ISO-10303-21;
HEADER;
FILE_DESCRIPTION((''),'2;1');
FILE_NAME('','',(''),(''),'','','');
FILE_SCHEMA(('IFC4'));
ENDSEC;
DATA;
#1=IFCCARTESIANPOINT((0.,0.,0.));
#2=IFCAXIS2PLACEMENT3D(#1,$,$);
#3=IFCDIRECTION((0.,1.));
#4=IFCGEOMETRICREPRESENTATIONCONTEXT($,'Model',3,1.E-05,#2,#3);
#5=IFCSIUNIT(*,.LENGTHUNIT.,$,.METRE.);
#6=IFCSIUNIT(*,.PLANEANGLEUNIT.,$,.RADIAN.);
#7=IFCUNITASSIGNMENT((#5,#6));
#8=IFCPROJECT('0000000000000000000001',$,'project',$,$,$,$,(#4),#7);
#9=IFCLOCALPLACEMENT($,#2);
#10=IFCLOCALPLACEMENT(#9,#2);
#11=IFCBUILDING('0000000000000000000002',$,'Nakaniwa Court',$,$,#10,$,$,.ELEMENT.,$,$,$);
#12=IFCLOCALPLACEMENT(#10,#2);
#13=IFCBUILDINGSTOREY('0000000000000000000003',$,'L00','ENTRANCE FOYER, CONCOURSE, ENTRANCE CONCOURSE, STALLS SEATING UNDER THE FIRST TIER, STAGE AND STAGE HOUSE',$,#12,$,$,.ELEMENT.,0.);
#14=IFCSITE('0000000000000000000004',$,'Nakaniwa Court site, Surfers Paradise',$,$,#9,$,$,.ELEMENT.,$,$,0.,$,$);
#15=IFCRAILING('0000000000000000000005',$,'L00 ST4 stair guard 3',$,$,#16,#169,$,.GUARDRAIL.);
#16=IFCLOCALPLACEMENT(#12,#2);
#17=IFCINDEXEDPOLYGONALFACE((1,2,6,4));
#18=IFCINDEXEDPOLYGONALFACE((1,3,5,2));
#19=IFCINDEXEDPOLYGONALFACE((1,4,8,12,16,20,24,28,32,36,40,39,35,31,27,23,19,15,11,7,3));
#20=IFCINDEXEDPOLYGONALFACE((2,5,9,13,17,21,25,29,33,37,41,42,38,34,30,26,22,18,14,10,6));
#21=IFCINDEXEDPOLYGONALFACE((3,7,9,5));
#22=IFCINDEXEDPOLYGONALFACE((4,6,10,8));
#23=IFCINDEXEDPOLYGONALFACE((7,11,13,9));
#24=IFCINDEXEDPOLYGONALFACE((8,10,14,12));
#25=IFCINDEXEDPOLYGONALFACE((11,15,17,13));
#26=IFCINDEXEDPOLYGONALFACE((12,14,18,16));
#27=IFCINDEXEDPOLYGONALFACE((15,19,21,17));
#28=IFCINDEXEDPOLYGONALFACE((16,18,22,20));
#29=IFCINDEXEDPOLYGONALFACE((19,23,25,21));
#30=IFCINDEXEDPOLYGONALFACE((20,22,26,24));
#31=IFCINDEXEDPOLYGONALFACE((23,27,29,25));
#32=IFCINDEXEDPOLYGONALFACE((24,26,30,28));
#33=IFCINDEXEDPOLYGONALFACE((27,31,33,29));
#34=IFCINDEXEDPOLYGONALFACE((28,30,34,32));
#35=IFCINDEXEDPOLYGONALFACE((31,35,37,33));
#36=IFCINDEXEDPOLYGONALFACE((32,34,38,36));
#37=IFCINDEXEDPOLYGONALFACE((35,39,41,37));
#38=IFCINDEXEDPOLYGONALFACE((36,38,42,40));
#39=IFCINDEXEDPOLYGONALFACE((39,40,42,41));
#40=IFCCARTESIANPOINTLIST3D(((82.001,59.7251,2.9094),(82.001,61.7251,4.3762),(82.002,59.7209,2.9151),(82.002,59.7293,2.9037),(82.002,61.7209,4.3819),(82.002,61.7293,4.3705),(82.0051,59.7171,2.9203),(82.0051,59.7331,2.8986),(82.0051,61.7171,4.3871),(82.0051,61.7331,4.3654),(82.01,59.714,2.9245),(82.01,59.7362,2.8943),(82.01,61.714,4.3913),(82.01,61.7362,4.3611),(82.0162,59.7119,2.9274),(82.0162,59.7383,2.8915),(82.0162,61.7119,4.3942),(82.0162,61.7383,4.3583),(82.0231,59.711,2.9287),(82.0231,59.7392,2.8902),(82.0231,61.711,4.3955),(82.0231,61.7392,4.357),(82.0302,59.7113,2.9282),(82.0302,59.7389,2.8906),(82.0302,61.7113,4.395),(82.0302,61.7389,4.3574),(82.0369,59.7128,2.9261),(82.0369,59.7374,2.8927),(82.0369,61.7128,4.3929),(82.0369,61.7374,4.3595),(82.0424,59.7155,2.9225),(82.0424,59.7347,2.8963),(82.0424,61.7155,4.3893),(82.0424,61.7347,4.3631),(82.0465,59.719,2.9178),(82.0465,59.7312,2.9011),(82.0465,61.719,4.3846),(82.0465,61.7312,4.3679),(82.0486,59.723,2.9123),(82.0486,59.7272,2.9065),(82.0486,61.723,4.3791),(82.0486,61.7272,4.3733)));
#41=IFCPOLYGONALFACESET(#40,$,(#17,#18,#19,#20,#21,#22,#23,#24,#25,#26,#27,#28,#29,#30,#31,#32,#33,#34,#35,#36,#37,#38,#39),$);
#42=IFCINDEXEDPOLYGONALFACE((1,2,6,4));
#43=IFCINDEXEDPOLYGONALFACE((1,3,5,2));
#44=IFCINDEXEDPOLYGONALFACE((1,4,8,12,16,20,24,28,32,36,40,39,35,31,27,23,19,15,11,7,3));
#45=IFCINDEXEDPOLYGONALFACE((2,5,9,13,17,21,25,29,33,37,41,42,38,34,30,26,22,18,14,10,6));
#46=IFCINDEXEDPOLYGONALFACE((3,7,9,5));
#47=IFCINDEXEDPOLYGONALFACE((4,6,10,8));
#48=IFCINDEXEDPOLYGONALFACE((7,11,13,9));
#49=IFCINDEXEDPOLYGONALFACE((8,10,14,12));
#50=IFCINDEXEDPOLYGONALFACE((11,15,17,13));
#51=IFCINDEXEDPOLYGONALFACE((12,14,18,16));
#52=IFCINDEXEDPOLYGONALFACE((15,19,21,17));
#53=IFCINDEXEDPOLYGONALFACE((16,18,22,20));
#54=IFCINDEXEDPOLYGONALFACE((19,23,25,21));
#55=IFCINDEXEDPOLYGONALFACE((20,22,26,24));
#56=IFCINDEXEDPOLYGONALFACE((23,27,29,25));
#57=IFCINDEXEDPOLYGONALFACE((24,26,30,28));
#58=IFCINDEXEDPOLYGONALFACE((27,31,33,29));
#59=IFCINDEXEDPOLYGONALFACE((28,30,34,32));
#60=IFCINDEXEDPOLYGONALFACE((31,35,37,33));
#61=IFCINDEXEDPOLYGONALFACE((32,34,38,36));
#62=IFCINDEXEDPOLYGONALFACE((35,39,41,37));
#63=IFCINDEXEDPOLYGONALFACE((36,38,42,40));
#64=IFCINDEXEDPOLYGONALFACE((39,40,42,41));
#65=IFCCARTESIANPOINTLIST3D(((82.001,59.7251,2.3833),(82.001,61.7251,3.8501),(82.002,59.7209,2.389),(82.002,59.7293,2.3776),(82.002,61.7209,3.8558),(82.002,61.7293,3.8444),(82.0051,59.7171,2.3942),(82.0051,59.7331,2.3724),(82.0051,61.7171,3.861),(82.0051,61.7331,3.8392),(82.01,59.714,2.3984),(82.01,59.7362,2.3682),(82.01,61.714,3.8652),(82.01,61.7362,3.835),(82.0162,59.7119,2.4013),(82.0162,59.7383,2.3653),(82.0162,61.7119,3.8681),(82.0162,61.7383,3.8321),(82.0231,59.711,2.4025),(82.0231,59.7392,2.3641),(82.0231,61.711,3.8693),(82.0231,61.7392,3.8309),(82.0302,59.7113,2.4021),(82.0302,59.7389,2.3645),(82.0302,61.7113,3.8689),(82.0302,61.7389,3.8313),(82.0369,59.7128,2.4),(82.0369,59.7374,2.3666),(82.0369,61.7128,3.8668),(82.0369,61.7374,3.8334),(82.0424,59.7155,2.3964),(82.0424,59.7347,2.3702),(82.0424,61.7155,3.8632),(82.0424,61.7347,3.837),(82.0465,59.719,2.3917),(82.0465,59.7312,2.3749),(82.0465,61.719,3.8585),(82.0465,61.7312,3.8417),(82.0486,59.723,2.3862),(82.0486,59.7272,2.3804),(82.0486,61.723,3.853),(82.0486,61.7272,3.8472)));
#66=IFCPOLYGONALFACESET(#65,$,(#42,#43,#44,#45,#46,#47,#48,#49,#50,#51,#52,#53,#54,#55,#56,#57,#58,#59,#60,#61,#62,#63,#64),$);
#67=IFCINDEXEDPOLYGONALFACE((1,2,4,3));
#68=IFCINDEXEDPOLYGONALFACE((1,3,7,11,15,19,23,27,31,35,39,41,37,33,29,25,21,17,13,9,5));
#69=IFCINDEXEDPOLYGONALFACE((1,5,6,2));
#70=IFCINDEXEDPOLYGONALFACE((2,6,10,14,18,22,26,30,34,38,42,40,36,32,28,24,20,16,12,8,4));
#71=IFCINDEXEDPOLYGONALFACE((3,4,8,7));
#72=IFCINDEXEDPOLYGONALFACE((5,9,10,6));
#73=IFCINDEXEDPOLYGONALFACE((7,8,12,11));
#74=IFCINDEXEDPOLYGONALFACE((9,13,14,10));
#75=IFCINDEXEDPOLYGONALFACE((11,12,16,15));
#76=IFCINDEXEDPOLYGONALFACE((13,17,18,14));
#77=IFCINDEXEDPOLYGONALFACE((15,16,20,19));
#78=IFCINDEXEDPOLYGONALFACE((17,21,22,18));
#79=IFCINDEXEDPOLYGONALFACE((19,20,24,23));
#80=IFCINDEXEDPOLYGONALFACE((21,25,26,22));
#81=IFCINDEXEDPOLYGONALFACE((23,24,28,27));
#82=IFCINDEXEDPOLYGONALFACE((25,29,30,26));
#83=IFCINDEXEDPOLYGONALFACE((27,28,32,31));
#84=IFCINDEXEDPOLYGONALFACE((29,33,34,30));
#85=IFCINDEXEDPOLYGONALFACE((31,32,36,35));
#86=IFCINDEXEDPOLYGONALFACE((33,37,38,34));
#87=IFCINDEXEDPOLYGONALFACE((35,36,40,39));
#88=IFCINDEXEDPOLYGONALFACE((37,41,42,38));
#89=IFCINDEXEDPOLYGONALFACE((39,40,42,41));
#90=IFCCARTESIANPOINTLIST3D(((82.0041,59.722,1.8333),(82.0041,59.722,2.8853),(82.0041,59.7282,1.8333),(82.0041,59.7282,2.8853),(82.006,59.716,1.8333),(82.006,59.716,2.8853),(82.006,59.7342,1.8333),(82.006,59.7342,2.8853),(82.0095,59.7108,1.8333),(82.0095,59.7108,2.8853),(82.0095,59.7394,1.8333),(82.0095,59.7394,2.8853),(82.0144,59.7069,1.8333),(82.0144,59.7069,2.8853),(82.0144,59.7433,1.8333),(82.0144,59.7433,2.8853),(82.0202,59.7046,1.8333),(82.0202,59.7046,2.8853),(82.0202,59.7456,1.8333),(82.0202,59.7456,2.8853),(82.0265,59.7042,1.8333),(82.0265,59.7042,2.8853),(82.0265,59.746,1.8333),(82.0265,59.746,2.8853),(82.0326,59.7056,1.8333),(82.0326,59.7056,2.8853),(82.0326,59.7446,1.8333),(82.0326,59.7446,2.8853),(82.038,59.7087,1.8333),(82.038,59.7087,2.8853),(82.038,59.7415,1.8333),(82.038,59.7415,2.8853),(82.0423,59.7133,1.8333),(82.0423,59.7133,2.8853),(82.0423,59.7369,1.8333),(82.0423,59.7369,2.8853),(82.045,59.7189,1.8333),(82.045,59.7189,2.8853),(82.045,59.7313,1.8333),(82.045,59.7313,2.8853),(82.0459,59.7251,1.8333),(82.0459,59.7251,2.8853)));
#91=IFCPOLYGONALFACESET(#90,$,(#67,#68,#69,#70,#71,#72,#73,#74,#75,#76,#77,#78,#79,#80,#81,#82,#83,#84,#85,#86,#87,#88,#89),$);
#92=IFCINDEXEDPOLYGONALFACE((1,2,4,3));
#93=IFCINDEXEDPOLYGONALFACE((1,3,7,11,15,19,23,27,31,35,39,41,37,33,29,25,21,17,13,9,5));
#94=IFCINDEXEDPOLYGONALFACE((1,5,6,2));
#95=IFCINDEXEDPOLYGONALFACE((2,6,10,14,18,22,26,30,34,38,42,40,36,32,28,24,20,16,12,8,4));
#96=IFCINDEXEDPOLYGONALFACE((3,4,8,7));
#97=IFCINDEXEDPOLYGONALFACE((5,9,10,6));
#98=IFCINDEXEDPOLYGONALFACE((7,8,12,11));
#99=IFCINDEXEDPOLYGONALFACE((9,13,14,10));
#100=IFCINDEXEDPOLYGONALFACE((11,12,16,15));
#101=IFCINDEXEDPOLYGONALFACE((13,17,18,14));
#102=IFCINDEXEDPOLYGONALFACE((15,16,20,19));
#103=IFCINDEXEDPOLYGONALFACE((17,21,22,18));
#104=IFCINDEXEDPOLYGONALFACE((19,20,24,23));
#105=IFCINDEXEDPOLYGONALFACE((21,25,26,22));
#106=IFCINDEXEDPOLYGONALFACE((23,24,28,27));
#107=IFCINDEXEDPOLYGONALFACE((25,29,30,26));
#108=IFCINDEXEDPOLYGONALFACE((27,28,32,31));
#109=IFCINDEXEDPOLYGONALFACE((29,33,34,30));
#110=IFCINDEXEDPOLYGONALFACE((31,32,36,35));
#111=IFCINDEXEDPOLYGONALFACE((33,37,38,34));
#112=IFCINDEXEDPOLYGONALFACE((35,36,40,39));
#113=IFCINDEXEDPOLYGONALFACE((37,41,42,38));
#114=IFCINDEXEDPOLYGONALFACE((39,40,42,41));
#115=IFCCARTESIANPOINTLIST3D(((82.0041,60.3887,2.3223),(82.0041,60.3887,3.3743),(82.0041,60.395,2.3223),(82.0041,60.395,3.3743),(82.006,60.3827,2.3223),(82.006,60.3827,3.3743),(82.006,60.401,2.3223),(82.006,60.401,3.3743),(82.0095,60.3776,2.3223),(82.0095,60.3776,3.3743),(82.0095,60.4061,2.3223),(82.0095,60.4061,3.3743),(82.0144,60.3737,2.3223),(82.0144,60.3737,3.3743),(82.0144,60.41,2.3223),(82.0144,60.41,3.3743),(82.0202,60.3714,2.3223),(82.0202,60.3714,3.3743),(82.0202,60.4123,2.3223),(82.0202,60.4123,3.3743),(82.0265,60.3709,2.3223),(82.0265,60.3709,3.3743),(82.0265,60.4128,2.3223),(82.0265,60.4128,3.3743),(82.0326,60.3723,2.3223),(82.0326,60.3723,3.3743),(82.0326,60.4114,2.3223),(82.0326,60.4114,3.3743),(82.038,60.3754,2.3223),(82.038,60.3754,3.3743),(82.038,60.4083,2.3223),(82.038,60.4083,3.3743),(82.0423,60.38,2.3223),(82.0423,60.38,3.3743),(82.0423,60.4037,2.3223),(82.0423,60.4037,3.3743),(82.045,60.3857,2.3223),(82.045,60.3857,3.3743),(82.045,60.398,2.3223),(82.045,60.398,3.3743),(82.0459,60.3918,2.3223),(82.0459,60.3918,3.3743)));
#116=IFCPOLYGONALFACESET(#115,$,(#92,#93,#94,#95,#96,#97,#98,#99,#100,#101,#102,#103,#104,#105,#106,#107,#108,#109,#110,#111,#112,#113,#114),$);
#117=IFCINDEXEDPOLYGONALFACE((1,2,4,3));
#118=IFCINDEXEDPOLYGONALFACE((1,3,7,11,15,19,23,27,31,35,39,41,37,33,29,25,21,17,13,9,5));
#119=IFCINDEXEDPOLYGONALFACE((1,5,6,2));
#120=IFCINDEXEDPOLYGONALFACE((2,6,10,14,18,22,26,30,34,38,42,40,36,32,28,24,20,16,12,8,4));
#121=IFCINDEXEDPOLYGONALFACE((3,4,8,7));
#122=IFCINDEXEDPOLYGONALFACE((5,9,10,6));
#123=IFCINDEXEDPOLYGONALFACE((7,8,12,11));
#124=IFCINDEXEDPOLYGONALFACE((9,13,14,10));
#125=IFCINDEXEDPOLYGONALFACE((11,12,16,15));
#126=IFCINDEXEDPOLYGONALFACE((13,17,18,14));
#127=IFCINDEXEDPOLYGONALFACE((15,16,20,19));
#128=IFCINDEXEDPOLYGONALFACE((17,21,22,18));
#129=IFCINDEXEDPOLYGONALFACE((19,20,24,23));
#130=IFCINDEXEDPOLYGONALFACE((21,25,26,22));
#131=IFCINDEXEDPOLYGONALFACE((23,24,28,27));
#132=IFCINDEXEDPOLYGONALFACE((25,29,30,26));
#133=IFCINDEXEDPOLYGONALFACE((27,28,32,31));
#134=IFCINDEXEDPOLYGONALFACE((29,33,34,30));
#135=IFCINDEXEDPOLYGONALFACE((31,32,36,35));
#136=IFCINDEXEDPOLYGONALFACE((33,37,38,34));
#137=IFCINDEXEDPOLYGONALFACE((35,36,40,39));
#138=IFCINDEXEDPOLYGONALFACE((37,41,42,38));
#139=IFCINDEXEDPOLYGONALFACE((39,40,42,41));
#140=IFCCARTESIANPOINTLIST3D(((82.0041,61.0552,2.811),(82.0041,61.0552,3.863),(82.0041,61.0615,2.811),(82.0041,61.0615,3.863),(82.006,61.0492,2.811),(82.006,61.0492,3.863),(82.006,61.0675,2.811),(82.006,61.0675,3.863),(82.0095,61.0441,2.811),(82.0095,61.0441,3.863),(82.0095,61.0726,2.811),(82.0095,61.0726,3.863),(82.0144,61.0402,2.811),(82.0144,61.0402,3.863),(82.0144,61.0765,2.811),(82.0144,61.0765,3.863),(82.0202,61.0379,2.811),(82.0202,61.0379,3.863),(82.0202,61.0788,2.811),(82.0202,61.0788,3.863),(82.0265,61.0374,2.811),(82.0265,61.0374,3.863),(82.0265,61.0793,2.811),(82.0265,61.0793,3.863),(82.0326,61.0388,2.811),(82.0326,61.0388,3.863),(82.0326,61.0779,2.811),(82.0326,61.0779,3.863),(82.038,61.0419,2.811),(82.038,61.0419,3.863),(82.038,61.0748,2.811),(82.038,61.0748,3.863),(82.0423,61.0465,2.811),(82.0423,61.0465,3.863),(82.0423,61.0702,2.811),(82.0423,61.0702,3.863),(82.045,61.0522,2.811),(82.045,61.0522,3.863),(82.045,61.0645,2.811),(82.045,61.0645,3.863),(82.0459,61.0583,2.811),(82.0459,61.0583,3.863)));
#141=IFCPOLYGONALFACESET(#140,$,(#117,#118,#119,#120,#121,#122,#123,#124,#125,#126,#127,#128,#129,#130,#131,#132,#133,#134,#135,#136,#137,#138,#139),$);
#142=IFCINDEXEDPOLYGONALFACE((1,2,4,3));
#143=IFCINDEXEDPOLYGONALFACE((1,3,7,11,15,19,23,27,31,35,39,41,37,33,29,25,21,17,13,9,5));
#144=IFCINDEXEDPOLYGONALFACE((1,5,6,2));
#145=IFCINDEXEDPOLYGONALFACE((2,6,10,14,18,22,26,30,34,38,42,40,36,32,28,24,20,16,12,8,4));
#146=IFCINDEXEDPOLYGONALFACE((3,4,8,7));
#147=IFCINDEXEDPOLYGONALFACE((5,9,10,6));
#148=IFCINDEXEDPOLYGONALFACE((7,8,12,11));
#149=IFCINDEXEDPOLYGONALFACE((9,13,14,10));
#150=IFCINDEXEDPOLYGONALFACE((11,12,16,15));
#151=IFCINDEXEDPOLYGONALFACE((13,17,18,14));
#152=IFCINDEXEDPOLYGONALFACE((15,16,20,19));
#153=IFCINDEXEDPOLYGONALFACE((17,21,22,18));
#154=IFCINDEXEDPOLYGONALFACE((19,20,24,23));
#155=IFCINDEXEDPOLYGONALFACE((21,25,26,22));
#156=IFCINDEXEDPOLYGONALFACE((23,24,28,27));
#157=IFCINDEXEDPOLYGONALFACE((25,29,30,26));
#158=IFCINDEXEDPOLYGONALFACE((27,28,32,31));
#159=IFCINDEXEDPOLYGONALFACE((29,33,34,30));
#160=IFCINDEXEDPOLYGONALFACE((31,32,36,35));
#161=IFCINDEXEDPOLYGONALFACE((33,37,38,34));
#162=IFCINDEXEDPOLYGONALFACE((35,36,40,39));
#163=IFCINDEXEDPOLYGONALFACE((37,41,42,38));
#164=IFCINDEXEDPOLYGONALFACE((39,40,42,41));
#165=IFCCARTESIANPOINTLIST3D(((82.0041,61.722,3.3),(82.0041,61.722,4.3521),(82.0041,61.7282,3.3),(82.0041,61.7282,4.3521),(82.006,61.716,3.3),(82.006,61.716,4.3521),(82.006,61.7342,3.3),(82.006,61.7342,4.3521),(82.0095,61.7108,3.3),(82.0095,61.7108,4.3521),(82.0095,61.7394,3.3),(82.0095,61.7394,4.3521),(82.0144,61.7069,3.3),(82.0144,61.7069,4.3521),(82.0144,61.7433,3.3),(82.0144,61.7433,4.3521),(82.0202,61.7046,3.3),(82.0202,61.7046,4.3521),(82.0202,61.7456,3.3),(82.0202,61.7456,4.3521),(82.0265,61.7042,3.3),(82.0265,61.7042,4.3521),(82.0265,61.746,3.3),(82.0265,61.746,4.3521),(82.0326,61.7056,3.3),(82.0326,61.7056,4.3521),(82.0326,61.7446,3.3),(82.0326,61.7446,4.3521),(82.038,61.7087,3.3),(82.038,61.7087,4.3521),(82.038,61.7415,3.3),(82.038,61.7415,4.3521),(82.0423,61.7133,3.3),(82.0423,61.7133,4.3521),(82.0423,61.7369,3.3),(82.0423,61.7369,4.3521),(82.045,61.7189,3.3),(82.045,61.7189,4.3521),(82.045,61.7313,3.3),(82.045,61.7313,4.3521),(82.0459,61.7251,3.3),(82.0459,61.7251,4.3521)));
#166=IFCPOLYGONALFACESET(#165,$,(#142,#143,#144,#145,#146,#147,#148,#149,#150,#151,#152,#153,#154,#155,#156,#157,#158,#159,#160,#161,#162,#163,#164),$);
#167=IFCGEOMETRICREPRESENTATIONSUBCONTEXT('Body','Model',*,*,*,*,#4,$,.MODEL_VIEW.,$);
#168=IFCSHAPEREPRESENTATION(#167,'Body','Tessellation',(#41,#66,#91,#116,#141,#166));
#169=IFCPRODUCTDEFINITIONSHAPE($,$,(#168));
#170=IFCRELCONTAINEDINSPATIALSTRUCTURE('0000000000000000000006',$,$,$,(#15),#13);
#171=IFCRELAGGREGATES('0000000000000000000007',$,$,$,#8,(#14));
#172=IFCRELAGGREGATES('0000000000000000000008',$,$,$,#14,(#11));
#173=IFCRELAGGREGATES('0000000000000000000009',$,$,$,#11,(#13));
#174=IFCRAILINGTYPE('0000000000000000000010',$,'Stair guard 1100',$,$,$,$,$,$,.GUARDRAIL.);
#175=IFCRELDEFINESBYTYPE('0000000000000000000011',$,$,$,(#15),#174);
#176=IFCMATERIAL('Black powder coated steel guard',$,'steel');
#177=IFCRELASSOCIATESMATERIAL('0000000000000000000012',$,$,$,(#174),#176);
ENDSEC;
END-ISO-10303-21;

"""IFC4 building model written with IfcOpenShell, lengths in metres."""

from ifc_helpers import new_model, si_unit, direction, frame, origin, origin_2d, place, context, subcontext, project, spatial, circle, extrude, material, type_object, element, save


model = new_model("IFC4")

# Units and contexts
model_context = context("Model", 3, precision=1e-05, world=origin(), true_north=direction((0.0, 1.0)))
body_context = subcontext(model_context, "Body", "Model", "MODEL_VIEW")
ifc_project = project(units=[si_unit("LENGTHUNIT", "METRE"), si_unit("PLANEANGLEUNIT", "RADIAN")], contexts=[model_context])

# Site, building, storey
site_placement = place(None, origin())
site = spatial("IfcSite", under=ifc_project, at=site_placement, Name="Nakaniwa Court site, Surfers Paradise", CompositionType="ELEMENT", RefElevation=0.0)
building_placement = place(site_placement, origin())
building = spatial("IfcBuilding", under=site, at=building_placement, Name="Nakaniwa Court", CompositionType="ELEMENT")
storey_placement = place(building_placement, origin())
storey = spatial("IfcBuildingStorey", under=building, at=storey_placement, Name="L00", Description="ENTRANCE FOYER, CONCOURSE, ENTRANCE CONCOURSE, STALLS SEATING UNDER THE FIRST TIER, STAGE AND STAGE HOUSE", CompositionType="ELEMENT", Elevation=0.0)

# Railing
ifc_material_1 = material(Name="Black powder coated steel guard", Category="steel")
railing_type_1 = type_object("IfcRailingType", Name="Stair guard 1100", PredefinedType="GUARDRAIL", material=ifc_material_1)
railing_1_placement = place(storey_placement, frame((82.0249, 59.7251, 1.8333)))
element("IfcRailing", 1, at=railing_1_placement, inside=storey, type_object=railing_type_1, Name="L00 ST4 stair guard 3", PredefinedType="GUARDRAIL", context=body_context, shape_type="SweptSolid", body=[
    extrude(circle(Radius=0.0239, at=origin_2d()), frame((0.0, 0.0, 1.0762), z_axis=(0.0, 0.80638, 0.591398), x_axis=(-1.0, 0.0, 0.0)), (0.0, 0.0, 1.0), 2.4802),
    extrude(circle(Radius=0.0239, at=origin_2d()), frame((0.0, 0.0, 0.55), z_axis=(0.0, 0.80638, 0.591398), x_axis=(-1.0, 0.0, 0.0)), (0.0, 0.0, 1.0), 2.4802),
    extrude(circle(Radius=0.021, at=origin_2d()), origin(), (0.0, 0.0, 1.0), 1.052),
    extrude(circle(Radius=0.021, at=origin_2d()), frame((0.0, 0.6667, 0.489)), (0.0, 0.0, 1.0), 1.052),
    extrude(circle(Radius=0.021, at=origin_2d()), frame((0.0, 1.3333, 0.9778)), (0.0, 0.0, 1.0), 1.052),
    extrude(circle(Radius=0.021, at=origin_2d()), frame((0.0, 2.0, 1.4668)), (0.0, 0.0, 1.0), 1.052),
])

save(model, "model.ifc")
